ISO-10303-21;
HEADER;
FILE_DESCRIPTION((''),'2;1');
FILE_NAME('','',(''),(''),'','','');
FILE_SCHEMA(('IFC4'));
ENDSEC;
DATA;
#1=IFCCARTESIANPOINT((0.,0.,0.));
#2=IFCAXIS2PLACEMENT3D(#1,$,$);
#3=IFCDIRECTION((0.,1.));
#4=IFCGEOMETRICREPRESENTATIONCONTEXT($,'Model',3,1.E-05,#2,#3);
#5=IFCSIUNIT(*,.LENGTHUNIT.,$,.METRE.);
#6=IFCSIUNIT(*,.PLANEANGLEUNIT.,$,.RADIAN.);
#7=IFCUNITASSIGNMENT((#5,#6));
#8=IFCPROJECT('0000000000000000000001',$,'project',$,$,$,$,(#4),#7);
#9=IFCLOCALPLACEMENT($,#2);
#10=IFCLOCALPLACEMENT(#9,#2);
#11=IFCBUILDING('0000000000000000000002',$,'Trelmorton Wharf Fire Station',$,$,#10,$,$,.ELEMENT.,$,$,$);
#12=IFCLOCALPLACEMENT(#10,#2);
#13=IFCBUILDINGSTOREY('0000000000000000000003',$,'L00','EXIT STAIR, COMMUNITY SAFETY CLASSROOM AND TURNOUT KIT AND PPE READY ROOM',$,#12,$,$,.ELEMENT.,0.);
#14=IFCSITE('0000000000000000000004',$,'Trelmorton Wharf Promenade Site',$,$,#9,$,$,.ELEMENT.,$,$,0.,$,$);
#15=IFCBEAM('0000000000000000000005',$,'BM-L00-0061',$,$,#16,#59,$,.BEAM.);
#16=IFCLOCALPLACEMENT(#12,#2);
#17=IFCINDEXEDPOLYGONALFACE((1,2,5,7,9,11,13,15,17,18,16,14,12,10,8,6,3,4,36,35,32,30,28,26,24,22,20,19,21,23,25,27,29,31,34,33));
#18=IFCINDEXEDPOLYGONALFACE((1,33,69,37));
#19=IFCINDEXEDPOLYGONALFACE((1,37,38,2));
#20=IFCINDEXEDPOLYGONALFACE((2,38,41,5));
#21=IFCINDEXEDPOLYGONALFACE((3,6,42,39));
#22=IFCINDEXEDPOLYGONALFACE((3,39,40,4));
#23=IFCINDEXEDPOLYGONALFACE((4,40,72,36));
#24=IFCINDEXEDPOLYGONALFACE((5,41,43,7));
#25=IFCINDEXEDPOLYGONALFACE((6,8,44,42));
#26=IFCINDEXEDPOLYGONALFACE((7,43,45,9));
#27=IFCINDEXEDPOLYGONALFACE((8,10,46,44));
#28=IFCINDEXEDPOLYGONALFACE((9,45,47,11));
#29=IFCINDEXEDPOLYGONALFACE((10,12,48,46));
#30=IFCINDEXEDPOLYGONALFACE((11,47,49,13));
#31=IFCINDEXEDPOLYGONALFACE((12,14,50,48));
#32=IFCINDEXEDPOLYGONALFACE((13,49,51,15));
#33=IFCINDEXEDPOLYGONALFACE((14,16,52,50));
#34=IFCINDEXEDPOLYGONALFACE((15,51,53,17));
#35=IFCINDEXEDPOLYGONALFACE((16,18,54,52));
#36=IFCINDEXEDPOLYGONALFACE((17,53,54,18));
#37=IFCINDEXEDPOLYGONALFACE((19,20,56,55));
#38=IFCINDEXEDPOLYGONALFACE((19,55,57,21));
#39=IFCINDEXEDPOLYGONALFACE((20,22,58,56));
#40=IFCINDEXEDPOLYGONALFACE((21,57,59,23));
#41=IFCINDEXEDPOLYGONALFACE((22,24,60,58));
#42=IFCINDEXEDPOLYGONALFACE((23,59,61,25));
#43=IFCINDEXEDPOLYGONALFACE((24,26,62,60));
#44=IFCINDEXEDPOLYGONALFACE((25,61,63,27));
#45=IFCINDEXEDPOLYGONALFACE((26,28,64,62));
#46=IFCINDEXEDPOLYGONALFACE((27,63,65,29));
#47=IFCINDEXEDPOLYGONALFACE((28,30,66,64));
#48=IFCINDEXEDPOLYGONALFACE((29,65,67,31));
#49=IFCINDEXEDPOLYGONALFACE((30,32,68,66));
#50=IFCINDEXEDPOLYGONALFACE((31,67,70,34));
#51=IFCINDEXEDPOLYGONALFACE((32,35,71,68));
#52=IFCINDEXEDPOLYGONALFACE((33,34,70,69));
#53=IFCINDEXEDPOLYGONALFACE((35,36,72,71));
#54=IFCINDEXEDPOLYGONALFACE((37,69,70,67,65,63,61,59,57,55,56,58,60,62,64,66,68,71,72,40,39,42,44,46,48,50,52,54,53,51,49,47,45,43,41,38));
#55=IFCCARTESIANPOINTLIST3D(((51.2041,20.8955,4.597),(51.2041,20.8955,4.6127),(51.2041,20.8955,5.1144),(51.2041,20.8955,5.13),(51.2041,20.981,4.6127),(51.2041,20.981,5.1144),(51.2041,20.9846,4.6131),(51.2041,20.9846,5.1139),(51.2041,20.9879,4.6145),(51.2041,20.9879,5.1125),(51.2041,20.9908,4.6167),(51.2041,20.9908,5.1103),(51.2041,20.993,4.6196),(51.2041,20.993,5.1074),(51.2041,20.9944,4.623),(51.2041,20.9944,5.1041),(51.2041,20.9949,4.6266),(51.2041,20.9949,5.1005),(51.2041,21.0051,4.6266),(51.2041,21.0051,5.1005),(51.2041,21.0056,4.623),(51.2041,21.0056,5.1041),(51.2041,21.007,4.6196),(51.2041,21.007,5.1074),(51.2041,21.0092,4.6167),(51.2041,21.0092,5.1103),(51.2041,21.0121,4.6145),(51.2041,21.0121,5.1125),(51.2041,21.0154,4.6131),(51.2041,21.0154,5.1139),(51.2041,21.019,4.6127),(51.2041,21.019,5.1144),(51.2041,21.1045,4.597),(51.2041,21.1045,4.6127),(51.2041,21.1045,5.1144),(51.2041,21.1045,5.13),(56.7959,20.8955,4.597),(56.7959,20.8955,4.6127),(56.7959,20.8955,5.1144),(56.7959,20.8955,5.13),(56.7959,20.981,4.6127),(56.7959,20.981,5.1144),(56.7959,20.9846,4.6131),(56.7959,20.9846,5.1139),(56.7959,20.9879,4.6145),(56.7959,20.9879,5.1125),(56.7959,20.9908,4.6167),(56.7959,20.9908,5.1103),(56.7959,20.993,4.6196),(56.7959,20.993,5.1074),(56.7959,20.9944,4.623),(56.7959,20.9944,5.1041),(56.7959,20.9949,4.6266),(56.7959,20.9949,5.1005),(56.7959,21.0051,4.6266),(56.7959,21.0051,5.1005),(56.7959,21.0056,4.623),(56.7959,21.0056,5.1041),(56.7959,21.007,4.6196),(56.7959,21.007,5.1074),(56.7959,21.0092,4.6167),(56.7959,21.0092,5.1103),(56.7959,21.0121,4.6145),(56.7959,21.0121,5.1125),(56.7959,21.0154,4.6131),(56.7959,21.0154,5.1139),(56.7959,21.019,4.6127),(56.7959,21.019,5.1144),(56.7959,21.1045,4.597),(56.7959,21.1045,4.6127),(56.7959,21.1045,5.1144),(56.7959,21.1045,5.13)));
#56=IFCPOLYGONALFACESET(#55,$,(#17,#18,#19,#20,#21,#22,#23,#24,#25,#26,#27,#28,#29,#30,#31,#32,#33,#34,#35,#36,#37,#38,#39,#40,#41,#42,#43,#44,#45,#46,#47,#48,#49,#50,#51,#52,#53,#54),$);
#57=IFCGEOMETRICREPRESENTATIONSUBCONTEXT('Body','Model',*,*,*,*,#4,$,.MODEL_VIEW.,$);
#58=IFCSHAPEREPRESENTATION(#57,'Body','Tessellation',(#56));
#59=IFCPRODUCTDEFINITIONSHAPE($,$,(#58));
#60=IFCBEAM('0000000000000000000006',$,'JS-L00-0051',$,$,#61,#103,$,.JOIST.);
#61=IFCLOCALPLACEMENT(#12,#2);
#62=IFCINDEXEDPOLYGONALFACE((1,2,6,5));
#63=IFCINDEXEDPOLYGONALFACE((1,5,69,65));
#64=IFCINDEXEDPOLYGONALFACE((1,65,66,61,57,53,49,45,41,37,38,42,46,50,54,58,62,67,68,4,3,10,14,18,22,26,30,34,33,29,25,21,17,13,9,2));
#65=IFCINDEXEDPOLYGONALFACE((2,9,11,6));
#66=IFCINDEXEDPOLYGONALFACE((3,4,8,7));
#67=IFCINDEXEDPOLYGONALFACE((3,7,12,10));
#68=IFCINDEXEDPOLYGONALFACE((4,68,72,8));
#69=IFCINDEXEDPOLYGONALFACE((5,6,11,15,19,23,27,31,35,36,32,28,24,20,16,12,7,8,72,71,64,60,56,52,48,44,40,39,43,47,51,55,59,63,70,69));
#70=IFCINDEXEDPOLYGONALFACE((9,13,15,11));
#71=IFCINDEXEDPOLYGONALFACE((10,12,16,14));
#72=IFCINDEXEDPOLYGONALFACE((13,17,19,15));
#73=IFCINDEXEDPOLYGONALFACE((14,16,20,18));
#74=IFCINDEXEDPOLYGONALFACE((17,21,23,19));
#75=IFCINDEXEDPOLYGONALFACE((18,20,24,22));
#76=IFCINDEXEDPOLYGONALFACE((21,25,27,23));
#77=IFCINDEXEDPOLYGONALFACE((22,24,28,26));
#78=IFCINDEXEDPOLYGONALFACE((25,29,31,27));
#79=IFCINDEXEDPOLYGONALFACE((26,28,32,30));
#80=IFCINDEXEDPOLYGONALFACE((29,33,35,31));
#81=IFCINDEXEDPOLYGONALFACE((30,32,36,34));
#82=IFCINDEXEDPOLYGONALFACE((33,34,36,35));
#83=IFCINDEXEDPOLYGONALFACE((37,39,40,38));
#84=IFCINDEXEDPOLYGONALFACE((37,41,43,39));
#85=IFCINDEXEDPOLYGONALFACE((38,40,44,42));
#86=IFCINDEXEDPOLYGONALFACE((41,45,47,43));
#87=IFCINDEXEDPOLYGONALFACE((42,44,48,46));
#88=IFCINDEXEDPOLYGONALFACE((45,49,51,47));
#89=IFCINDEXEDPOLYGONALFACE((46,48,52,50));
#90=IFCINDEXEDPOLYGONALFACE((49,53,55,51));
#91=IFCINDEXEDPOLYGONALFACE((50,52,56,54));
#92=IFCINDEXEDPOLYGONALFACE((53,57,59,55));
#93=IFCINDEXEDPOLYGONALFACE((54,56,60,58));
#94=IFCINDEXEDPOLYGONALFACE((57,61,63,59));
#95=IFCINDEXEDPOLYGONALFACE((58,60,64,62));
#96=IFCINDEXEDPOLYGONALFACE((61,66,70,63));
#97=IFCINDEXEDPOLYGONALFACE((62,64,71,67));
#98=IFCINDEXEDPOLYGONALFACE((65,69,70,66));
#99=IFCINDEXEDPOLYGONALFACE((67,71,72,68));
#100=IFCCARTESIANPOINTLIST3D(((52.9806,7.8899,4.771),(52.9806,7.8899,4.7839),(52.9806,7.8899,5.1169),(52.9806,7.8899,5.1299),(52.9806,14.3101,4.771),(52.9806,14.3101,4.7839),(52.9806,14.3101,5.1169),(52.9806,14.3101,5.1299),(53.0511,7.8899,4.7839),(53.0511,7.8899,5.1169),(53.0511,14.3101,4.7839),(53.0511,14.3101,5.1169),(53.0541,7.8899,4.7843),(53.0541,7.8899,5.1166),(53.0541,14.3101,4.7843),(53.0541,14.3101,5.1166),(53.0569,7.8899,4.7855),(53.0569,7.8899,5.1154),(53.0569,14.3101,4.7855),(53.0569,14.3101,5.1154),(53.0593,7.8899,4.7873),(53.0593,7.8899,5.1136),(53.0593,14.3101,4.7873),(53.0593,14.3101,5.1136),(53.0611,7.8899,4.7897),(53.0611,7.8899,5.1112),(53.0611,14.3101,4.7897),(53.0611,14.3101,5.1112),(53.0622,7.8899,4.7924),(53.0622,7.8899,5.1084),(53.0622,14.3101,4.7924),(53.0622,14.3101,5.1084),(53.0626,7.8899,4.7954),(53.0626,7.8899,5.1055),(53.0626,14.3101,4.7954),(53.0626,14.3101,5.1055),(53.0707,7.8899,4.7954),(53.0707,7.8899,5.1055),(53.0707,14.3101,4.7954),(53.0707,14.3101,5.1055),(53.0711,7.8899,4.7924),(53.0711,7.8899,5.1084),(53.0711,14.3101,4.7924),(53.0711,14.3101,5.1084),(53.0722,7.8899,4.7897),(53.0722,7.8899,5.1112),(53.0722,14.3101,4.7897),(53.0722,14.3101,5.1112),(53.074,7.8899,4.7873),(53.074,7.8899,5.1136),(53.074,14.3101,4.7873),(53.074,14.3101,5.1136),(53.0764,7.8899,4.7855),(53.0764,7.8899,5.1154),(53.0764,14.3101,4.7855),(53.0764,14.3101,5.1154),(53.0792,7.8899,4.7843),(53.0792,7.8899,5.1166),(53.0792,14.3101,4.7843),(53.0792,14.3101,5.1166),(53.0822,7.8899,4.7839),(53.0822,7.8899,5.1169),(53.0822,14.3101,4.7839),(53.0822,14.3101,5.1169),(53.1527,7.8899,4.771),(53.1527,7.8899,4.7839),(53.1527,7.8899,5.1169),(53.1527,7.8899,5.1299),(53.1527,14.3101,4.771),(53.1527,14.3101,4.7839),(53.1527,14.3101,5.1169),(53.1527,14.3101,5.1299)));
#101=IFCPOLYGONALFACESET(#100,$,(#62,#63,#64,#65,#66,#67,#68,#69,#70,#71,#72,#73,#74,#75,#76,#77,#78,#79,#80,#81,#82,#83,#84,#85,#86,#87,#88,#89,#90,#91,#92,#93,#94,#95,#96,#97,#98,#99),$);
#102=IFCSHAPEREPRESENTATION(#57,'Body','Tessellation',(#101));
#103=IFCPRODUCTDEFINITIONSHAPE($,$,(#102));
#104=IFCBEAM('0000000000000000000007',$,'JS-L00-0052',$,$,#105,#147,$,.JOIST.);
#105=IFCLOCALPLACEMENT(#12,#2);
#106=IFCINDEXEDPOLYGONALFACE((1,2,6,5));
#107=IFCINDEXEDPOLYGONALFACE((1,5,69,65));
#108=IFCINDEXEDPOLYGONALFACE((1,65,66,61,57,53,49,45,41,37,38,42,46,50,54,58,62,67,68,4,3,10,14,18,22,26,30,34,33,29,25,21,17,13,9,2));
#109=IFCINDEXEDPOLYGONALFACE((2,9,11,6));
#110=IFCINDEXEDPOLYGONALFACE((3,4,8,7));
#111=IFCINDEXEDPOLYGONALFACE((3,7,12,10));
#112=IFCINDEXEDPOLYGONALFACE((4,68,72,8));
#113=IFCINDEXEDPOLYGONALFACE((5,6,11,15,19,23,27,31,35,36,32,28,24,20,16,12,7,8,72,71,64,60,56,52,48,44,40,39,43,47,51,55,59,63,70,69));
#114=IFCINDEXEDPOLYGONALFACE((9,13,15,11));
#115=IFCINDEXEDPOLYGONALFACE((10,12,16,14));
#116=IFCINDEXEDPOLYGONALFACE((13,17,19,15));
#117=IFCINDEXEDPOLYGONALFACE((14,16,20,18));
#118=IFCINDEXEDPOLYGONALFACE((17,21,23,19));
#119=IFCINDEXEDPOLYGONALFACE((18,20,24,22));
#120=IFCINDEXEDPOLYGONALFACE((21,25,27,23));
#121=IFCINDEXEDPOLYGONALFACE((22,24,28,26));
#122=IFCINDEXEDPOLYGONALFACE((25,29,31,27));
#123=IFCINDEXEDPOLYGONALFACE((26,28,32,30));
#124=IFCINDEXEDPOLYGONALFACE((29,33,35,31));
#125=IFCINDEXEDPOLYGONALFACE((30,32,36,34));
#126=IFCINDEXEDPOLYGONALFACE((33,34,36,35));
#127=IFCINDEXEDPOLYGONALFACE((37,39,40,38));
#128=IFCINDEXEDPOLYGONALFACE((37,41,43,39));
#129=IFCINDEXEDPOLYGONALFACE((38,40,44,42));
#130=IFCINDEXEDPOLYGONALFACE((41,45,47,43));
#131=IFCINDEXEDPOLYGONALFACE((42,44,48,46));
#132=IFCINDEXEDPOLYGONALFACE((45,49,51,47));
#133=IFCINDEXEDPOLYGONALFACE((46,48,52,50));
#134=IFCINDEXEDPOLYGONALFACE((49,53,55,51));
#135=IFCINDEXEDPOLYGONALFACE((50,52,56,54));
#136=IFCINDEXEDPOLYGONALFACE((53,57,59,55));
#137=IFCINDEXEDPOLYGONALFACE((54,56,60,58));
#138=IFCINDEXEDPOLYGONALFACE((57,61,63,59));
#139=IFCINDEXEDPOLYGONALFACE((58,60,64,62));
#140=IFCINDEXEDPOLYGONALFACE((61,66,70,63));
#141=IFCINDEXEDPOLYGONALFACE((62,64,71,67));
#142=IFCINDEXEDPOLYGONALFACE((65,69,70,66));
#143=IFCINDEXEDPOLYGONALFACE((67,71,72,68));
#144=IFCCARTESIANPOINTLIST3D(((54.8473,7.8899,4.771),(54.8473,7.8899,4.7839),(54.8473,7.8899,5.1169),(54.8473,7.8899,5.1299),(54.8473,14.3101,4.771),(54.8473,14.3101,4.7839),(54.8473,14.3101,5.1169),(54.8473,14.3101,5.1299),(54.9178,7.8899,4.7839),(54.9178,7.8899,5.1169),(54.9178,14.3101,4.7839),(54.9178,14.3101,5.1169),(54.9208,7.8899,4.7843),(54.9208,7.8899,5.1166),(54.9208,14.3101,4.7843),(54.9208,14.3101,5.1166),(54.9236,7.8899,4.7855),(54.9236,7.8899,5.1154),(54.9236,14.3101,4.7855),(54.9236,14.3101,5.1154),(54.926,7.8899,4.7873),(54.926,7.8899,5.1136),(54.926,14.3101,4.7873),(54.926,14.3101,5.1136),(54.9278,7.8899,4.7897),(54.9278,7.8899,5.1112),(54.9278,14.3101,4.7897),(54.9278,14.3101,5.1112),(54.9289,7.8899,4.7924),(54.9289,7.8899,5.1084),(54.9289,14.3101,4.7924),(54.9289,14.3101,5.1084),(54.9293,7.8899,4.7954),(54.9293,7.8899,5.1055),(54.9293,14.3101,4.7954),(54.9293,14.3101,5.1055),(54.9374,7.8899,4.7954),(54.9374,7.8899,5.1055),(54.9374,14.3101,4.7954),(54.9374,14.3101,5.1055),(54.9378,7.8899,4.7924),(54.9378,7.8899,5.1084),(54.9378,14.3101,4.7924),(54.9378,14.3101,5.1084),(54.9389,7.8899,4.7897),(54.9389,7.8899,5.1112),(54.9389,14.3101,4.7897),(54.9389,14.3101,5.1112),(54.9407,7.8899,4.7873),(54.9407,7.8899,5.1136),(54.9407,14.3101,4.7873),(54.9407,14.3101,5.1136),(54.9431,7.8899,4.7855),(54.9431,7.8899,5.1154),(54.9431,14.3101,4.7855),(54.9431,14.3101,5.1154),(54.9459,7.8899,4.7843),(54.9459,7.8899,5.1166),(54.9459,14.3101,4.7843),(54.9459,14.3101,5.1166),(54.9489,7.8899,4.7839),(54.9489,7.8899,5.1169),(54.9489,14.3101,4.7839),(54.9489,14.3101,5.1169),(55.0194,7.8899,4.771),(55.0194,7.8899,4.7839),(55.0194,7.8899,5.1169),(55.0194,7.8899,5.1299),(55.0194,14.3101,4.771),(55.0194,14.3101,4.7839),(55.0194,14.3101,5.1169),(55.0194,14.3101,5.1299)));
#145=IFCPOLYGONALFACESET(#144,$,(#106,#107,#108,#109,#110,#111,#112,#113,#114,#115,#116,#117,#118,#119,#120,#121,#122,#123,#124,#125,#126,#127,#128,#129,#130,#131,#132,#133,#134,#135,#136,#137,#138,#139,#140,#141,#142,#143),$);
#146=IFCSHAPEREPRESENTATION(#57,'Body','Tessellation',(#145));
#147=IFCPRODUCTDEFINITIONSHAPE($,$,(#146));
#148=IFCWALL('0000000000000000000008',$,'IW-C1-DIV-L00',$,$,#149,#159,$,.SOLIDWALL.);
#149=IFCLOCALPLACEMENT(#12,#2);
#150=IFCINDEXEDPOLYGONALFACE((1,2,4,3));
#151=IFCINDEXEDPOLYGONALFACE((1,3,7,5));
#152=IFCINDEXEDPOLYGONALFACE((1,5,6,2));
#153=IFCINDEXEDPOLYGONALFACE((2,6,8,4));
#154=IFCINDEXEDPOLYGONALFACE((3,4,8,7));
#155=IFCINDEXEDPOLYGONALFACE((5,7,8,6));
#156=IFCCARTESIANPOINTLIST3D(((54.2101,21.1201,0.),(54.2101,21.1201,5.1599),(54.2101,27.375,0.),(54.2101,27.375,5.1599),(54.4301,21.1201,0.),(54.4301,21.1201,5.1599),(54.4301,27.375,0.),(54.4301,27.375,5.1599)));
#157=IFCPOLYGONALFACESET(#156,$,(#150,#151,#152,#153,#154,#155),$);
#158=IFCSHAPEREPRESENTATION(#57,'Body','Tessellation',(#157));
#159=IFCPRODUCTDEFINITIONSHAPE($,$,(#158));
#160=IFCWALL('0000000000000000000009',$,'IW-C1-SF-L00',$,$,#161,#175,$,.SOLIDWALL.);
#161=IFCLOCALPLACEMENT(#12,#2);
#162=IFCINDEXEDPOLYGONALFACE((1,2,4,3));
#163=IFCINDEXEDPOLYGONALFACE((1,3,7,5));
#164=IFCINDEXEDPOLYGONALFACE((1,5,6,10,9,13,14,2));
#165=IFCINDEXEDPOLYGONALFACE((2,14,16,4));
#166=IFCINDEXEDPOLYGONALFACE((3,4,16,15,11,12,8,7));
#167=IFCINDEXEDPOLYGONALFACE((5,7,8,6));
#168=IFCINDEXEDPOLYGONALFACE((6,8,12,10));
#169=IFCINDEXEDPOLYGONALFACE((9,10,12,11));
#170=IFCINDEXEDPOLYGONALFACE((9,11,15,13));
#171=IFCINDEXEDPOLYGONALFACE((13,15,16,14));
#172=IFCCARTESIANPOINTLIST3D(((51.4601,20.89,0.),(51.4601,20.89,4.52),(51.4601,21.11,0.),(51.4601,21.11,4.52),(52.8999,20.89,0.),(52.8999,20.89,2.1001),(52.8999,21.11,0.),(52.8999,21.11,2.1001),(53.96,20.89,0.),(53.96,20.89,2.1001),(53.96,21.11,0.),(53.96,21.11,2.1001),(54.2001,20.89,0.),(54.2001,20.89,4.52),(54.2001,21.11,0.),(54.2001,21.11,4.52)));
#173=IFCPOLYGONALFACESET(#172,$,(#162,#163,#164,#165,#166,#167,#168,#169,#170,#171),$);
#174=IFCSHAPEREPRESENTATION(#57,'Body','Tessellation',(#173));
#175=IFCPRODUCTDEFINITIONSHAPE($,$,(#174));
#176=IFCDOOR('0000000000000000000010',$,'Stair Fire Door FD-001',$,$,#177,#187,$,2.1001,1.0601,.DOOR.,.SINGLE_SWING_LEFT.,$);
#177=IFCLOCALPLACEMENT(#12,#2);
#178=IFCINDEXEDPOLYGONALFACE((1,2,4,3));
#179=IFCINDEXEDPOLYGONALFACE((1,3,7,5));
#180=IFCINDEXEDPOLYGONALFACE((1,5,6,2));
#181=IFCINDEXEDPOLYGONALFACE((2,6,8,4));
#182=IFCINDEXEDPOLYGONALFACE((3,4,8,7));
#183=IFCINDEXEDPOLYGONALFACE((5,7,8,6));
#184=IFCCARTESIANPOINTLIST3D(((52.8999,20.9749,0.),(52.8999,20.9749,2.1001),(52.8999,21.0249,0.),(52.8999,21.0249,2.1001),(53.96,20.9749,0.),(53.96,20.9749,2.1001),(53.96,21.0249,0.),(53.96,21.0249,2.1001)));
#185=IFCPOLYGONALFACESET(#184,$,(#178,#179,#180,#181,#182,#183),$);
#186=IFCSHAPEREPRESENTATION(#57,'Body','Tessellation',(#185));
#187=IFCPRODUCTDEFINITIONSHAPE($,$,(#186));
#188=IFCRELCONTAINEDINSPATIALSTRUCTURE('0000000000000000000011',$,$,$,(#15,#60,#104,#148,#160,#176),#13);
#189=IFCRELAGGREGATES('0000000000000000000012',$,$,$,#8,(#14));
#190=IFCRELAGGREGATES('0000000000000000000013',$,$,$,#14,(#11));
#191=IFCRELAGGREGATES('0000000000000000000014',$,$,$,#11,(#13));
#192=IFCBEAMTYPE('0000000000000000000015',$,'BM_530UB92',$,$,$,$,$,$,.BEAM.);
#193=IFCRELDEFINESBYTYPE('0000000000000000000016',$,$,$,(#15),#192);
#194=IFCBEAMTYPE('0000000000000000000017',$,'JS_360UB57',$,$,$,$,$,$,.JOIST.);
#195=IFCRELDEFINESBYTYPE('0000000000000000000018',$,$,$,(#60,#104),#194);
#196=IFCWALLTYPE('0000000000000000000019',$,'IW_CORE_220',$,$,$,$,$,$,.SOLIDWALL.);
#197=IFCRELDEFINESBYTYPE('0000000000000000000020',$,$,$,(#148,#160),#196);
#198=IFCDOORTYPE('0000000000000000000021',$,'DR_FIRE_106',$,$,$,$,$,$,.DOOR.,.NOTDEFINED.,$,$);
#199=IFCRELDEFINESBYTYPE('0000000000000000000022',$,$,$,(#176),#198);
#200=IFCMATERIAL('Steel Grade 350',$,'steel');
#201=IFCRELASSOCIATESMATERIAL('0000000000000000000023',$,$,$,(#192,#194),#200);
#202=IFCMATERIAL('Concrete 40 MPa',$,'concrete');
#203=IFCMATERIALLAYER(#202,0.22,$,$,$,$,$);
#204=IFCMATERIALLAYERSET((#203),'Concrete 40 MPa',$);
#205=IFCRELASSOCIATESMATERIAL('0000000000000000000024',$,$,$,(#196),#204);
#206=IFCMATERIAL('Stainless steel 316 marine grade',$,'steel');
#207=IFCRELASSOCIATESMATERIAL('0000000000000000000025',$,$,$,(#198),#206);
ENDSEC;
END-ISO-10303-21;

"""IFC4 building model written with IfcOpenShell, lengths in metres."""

from ifc_helpers import new_model, si_unit, direction, frame, frame_2d, origin, origin_2d, place, context, subcontext, project, spatial, rectangle, i_section, extrude, material, layer, layer_set, material_profile, profile_set, type_object, element, fill, save


model = new_model("IFC4")

# Units and contexts
model_context = context("Model", 3, precision=1e-05, world=origin(), true_north=direction((0.0, 1.0)))
body_context = subcontext(model_context, "Body", "Model", "MODEL_VIEW")
ifc_project = project(units=[si_unit("LENGTHUNIT", "METRE"), si_unit("PLANEANGLEUNIT", "RADIAN")], contexts=[model_context])

# Site, building, storey
site_placement = place(None, origin())
site = spatial("IfcSite", under=ifc_project, at=site_placement, Name="Trelmorton Wharf Promenade Site", CompositionType="ELEMENT", RefElevation=0.0)
building_placement = place(site_placement, origin())
building = spatial("IfcBuilding", under=site, at=building_placement, Name="Trelmorton Wharf Fire Station", CompositionType="ELEMENT")
storey_placement = place(building_placement, origin())
storey = spatial("IfcBuildingStorey", under=building, at=storey_placement, Name="L00", Description="EXIT STAIR, COMMUNITY SAFETY CLASSROOM AND TURNOUT KIT AND PPE READY ROOM", CompositionType="ELEMENT", Elevation=0.0)

# Shared definitions
ifc_material_1 = material(Name="Concrete 40 MPa", Category="concrete")

# Shared definitions
ifc_material_2 = material(Name="Steel Grade 350", Category="steel")

# Beams
ifc_material_profile_1 = material_profile(ifc_material_2, i_section(OverallWidth=0.209, OverallDepth=0.533, WebThickness=0.0103, FlangeThickness=0.0156, FilletRadius=0.0139, at=origin_2d()), Name="530UB92.4")
ifc_profile_set_1 = profile_set([ifc_material_profile_1], Name="Steel Grade 350")
beam_type_1 = type_object("IfcBeamType", Name="BM_530UB92", PredefinedType="BEAM", material=ifc_profile_set_1)
for number, where, z_axis, x_axis, name in (
    (1, (51.2041, 21.0, 4.8635), (1.0, 0.0, 0.0), (0.0, 1.0, 0.0), "BM-L00-0061"),
):
    element("IfcBeam", number, at=place(storey_placement, frame(where, z_axis=z_axis, x_axis=x_axis)), inside=storey, type_object=beam_type_1, Name=name, PredefinedType="BEAM", context=body_context, shape_type="SweptSolid", body=[
        extrude(i_section(OverallWidth=0.209, OverallDepth=0.533, WebThickness=0.0103, FlangeThickness=0.0156, FilletRadius=0.0139, at=origin_2d()), origin(), (0.0, 0.0, 1.0), 5.5918),
    ])
ifc_material_profile_2 = material_profile(ifc_material_2, i_section(OverallWidth=0.1721, OverallDepth=0.3589, WebThickness=0.0081, FlangeThickness=0.0129, FilletRadius=0.0115, at=origin_2d()), Name="360UB56.7")
ifc_profile_set_2 = profile_set([ifc_material_profile_2], Name="Steel Grade 350")
beam_type_2 = type_object("IfcBeamType", Name="JS_360UB57", PredefinedType="JOIST", material=ifc_profile_set_2)
for number, where, z_axis, x_axis, name in (
    (2, (53.0667, 7.8899, 4.9504), (0.0, 1.0, 0.0), (-1.0, 0.0, 0.0), "JS-L00-0051"),
    (3, (54.9333, 7.8899, 4.9504), (0.0, 1.0, 0.0), (-1.0, 0.0, 0.0), "JS-L00-0052"),
):
    element("IfcBeam", number, at=place(storey_placement, frame(where, z_axis=z_axis, x_axis=x_axis)), inside=storey, type_object=beam_type_2, Name=name, PredefinedType="JOIST", context=body_context, shape_type="SweptSolid", body=[
        extrude(i_section(OverallWidth=0.1721, OverallDepth=0.3589, WebThickness=0.0081, FlangeThickness=0.0129, FilletRadius=0.0115, at=origin_2d()), origin(), (0.0, 0.0, 1.0), 6.4202),
    ])

# Wall
ifc_layer_1 = layer(ifc_material_1, 0.22)
ifc_layer_set_1 = layer_set([ifc_layer_1], Name="Concrete 40 MPa")
wall_type_1 = type_object("IfcWallType", Name="IW_CORE_220", PredefinedType="SOLIDWALL", material=ifc_layer_set_1)
wall_1_placement = place(storey_placement, frame((54.3201, 21.1201, 0.0), z_axis=(0.0, 0.0, 1.0), x_axis=(0.0, 1.0, 0.0)))
element("IfcWall", 4, at=wall_1_placement, inside=storey, type_object=wall_type_1, Name="IW-C1-DIV-L00", PredefinedType="SOLIDWALL", context=body_context, shape_type="SweptSolid", body=[
    extrude(rectangle(XDim=6.2549, YDim=0.22, at=frame_2d((3.1274, 0.0))), origin(), (0.0, 0.0, 1.0), 5.1599),
])

# Wall, opening, door
wall_2_placement = place(storey_placement, frame((51.46, 21.0, 0.0), z_axis=(0.0, 0.0, 1.0), x_axis=(1.0, 0.0, 0.0)))
wall_2 = element("IfcWall", 5, at=wall_2_placement, inside=storey, type_object=wall_type_1, Name="IW-C1-SF-L00", PredefinedType="SOLIDWALL", context=body_context, shape_type="SweptSolid", body=[
    extrude(rectangle(XDim=2.74, YDim=0.22, at=frame_2d((1.3701, 0.0))), origin(), (0.0, 0.0, 1.0), 4.52),
])
opening_1_placement = place(wall_2_placement, frame((1.4399, 0.0, 0.0)))
opening_1 = element("IfcOpeningElement", 6, at=opening_1_placement, cuts=wall_2, PredefinedType="OPENING", context=body_context, shape_type="SweptSolid", body=[
    extrude(rectangle(XDim=1.0601, YDim=2.1001, at=frame_2d((0.53, 1.05))), frame((0.0, 0.1201, 0.0), z_axis=(0.0, -1.0, 0.0), x_axis=(1.0, 0.0, 0.0)), (0.0, 0.0, 1.0), 0.24),
])
ifc_material_3 = material(Name="Stainless steel 316 marine grade", Category="steel")
door_type_1 = type_object("IfcDoorType", Name="DR_FIRE_106", OperationType="NOTDEFINED", PredefinedType="DOOR", material=ifc_material_3)
door_1_placement = place(opening_1_placement, origin())
door_1 = element("IfcDoor", 7, at=door_1_placement, inside=storey, type_object=door_type_1, Name="Stair Fire Door FD-001", OperationType="SINGLE_SWING_LEFT", OverallHeight=2.1001, OverallWidth=1.0601, PredefinedType="DOOR", context=body_context, shape_type="SweptSolid", body=[
    extrude(rectangle(XDim=1.0601, YDim=2.1001, at=frame_2d((0.53, 1.05))), frame((0.0, 0.0249, 0.0), z_axis=(0.0, -1.0, 0.0), x_axis=(1.0, 0.0, 0.0)), (0.0, 0.0, 1.0), 0.05),
])
fill(opening_1, door_1)

save(model, "model.ifc")
